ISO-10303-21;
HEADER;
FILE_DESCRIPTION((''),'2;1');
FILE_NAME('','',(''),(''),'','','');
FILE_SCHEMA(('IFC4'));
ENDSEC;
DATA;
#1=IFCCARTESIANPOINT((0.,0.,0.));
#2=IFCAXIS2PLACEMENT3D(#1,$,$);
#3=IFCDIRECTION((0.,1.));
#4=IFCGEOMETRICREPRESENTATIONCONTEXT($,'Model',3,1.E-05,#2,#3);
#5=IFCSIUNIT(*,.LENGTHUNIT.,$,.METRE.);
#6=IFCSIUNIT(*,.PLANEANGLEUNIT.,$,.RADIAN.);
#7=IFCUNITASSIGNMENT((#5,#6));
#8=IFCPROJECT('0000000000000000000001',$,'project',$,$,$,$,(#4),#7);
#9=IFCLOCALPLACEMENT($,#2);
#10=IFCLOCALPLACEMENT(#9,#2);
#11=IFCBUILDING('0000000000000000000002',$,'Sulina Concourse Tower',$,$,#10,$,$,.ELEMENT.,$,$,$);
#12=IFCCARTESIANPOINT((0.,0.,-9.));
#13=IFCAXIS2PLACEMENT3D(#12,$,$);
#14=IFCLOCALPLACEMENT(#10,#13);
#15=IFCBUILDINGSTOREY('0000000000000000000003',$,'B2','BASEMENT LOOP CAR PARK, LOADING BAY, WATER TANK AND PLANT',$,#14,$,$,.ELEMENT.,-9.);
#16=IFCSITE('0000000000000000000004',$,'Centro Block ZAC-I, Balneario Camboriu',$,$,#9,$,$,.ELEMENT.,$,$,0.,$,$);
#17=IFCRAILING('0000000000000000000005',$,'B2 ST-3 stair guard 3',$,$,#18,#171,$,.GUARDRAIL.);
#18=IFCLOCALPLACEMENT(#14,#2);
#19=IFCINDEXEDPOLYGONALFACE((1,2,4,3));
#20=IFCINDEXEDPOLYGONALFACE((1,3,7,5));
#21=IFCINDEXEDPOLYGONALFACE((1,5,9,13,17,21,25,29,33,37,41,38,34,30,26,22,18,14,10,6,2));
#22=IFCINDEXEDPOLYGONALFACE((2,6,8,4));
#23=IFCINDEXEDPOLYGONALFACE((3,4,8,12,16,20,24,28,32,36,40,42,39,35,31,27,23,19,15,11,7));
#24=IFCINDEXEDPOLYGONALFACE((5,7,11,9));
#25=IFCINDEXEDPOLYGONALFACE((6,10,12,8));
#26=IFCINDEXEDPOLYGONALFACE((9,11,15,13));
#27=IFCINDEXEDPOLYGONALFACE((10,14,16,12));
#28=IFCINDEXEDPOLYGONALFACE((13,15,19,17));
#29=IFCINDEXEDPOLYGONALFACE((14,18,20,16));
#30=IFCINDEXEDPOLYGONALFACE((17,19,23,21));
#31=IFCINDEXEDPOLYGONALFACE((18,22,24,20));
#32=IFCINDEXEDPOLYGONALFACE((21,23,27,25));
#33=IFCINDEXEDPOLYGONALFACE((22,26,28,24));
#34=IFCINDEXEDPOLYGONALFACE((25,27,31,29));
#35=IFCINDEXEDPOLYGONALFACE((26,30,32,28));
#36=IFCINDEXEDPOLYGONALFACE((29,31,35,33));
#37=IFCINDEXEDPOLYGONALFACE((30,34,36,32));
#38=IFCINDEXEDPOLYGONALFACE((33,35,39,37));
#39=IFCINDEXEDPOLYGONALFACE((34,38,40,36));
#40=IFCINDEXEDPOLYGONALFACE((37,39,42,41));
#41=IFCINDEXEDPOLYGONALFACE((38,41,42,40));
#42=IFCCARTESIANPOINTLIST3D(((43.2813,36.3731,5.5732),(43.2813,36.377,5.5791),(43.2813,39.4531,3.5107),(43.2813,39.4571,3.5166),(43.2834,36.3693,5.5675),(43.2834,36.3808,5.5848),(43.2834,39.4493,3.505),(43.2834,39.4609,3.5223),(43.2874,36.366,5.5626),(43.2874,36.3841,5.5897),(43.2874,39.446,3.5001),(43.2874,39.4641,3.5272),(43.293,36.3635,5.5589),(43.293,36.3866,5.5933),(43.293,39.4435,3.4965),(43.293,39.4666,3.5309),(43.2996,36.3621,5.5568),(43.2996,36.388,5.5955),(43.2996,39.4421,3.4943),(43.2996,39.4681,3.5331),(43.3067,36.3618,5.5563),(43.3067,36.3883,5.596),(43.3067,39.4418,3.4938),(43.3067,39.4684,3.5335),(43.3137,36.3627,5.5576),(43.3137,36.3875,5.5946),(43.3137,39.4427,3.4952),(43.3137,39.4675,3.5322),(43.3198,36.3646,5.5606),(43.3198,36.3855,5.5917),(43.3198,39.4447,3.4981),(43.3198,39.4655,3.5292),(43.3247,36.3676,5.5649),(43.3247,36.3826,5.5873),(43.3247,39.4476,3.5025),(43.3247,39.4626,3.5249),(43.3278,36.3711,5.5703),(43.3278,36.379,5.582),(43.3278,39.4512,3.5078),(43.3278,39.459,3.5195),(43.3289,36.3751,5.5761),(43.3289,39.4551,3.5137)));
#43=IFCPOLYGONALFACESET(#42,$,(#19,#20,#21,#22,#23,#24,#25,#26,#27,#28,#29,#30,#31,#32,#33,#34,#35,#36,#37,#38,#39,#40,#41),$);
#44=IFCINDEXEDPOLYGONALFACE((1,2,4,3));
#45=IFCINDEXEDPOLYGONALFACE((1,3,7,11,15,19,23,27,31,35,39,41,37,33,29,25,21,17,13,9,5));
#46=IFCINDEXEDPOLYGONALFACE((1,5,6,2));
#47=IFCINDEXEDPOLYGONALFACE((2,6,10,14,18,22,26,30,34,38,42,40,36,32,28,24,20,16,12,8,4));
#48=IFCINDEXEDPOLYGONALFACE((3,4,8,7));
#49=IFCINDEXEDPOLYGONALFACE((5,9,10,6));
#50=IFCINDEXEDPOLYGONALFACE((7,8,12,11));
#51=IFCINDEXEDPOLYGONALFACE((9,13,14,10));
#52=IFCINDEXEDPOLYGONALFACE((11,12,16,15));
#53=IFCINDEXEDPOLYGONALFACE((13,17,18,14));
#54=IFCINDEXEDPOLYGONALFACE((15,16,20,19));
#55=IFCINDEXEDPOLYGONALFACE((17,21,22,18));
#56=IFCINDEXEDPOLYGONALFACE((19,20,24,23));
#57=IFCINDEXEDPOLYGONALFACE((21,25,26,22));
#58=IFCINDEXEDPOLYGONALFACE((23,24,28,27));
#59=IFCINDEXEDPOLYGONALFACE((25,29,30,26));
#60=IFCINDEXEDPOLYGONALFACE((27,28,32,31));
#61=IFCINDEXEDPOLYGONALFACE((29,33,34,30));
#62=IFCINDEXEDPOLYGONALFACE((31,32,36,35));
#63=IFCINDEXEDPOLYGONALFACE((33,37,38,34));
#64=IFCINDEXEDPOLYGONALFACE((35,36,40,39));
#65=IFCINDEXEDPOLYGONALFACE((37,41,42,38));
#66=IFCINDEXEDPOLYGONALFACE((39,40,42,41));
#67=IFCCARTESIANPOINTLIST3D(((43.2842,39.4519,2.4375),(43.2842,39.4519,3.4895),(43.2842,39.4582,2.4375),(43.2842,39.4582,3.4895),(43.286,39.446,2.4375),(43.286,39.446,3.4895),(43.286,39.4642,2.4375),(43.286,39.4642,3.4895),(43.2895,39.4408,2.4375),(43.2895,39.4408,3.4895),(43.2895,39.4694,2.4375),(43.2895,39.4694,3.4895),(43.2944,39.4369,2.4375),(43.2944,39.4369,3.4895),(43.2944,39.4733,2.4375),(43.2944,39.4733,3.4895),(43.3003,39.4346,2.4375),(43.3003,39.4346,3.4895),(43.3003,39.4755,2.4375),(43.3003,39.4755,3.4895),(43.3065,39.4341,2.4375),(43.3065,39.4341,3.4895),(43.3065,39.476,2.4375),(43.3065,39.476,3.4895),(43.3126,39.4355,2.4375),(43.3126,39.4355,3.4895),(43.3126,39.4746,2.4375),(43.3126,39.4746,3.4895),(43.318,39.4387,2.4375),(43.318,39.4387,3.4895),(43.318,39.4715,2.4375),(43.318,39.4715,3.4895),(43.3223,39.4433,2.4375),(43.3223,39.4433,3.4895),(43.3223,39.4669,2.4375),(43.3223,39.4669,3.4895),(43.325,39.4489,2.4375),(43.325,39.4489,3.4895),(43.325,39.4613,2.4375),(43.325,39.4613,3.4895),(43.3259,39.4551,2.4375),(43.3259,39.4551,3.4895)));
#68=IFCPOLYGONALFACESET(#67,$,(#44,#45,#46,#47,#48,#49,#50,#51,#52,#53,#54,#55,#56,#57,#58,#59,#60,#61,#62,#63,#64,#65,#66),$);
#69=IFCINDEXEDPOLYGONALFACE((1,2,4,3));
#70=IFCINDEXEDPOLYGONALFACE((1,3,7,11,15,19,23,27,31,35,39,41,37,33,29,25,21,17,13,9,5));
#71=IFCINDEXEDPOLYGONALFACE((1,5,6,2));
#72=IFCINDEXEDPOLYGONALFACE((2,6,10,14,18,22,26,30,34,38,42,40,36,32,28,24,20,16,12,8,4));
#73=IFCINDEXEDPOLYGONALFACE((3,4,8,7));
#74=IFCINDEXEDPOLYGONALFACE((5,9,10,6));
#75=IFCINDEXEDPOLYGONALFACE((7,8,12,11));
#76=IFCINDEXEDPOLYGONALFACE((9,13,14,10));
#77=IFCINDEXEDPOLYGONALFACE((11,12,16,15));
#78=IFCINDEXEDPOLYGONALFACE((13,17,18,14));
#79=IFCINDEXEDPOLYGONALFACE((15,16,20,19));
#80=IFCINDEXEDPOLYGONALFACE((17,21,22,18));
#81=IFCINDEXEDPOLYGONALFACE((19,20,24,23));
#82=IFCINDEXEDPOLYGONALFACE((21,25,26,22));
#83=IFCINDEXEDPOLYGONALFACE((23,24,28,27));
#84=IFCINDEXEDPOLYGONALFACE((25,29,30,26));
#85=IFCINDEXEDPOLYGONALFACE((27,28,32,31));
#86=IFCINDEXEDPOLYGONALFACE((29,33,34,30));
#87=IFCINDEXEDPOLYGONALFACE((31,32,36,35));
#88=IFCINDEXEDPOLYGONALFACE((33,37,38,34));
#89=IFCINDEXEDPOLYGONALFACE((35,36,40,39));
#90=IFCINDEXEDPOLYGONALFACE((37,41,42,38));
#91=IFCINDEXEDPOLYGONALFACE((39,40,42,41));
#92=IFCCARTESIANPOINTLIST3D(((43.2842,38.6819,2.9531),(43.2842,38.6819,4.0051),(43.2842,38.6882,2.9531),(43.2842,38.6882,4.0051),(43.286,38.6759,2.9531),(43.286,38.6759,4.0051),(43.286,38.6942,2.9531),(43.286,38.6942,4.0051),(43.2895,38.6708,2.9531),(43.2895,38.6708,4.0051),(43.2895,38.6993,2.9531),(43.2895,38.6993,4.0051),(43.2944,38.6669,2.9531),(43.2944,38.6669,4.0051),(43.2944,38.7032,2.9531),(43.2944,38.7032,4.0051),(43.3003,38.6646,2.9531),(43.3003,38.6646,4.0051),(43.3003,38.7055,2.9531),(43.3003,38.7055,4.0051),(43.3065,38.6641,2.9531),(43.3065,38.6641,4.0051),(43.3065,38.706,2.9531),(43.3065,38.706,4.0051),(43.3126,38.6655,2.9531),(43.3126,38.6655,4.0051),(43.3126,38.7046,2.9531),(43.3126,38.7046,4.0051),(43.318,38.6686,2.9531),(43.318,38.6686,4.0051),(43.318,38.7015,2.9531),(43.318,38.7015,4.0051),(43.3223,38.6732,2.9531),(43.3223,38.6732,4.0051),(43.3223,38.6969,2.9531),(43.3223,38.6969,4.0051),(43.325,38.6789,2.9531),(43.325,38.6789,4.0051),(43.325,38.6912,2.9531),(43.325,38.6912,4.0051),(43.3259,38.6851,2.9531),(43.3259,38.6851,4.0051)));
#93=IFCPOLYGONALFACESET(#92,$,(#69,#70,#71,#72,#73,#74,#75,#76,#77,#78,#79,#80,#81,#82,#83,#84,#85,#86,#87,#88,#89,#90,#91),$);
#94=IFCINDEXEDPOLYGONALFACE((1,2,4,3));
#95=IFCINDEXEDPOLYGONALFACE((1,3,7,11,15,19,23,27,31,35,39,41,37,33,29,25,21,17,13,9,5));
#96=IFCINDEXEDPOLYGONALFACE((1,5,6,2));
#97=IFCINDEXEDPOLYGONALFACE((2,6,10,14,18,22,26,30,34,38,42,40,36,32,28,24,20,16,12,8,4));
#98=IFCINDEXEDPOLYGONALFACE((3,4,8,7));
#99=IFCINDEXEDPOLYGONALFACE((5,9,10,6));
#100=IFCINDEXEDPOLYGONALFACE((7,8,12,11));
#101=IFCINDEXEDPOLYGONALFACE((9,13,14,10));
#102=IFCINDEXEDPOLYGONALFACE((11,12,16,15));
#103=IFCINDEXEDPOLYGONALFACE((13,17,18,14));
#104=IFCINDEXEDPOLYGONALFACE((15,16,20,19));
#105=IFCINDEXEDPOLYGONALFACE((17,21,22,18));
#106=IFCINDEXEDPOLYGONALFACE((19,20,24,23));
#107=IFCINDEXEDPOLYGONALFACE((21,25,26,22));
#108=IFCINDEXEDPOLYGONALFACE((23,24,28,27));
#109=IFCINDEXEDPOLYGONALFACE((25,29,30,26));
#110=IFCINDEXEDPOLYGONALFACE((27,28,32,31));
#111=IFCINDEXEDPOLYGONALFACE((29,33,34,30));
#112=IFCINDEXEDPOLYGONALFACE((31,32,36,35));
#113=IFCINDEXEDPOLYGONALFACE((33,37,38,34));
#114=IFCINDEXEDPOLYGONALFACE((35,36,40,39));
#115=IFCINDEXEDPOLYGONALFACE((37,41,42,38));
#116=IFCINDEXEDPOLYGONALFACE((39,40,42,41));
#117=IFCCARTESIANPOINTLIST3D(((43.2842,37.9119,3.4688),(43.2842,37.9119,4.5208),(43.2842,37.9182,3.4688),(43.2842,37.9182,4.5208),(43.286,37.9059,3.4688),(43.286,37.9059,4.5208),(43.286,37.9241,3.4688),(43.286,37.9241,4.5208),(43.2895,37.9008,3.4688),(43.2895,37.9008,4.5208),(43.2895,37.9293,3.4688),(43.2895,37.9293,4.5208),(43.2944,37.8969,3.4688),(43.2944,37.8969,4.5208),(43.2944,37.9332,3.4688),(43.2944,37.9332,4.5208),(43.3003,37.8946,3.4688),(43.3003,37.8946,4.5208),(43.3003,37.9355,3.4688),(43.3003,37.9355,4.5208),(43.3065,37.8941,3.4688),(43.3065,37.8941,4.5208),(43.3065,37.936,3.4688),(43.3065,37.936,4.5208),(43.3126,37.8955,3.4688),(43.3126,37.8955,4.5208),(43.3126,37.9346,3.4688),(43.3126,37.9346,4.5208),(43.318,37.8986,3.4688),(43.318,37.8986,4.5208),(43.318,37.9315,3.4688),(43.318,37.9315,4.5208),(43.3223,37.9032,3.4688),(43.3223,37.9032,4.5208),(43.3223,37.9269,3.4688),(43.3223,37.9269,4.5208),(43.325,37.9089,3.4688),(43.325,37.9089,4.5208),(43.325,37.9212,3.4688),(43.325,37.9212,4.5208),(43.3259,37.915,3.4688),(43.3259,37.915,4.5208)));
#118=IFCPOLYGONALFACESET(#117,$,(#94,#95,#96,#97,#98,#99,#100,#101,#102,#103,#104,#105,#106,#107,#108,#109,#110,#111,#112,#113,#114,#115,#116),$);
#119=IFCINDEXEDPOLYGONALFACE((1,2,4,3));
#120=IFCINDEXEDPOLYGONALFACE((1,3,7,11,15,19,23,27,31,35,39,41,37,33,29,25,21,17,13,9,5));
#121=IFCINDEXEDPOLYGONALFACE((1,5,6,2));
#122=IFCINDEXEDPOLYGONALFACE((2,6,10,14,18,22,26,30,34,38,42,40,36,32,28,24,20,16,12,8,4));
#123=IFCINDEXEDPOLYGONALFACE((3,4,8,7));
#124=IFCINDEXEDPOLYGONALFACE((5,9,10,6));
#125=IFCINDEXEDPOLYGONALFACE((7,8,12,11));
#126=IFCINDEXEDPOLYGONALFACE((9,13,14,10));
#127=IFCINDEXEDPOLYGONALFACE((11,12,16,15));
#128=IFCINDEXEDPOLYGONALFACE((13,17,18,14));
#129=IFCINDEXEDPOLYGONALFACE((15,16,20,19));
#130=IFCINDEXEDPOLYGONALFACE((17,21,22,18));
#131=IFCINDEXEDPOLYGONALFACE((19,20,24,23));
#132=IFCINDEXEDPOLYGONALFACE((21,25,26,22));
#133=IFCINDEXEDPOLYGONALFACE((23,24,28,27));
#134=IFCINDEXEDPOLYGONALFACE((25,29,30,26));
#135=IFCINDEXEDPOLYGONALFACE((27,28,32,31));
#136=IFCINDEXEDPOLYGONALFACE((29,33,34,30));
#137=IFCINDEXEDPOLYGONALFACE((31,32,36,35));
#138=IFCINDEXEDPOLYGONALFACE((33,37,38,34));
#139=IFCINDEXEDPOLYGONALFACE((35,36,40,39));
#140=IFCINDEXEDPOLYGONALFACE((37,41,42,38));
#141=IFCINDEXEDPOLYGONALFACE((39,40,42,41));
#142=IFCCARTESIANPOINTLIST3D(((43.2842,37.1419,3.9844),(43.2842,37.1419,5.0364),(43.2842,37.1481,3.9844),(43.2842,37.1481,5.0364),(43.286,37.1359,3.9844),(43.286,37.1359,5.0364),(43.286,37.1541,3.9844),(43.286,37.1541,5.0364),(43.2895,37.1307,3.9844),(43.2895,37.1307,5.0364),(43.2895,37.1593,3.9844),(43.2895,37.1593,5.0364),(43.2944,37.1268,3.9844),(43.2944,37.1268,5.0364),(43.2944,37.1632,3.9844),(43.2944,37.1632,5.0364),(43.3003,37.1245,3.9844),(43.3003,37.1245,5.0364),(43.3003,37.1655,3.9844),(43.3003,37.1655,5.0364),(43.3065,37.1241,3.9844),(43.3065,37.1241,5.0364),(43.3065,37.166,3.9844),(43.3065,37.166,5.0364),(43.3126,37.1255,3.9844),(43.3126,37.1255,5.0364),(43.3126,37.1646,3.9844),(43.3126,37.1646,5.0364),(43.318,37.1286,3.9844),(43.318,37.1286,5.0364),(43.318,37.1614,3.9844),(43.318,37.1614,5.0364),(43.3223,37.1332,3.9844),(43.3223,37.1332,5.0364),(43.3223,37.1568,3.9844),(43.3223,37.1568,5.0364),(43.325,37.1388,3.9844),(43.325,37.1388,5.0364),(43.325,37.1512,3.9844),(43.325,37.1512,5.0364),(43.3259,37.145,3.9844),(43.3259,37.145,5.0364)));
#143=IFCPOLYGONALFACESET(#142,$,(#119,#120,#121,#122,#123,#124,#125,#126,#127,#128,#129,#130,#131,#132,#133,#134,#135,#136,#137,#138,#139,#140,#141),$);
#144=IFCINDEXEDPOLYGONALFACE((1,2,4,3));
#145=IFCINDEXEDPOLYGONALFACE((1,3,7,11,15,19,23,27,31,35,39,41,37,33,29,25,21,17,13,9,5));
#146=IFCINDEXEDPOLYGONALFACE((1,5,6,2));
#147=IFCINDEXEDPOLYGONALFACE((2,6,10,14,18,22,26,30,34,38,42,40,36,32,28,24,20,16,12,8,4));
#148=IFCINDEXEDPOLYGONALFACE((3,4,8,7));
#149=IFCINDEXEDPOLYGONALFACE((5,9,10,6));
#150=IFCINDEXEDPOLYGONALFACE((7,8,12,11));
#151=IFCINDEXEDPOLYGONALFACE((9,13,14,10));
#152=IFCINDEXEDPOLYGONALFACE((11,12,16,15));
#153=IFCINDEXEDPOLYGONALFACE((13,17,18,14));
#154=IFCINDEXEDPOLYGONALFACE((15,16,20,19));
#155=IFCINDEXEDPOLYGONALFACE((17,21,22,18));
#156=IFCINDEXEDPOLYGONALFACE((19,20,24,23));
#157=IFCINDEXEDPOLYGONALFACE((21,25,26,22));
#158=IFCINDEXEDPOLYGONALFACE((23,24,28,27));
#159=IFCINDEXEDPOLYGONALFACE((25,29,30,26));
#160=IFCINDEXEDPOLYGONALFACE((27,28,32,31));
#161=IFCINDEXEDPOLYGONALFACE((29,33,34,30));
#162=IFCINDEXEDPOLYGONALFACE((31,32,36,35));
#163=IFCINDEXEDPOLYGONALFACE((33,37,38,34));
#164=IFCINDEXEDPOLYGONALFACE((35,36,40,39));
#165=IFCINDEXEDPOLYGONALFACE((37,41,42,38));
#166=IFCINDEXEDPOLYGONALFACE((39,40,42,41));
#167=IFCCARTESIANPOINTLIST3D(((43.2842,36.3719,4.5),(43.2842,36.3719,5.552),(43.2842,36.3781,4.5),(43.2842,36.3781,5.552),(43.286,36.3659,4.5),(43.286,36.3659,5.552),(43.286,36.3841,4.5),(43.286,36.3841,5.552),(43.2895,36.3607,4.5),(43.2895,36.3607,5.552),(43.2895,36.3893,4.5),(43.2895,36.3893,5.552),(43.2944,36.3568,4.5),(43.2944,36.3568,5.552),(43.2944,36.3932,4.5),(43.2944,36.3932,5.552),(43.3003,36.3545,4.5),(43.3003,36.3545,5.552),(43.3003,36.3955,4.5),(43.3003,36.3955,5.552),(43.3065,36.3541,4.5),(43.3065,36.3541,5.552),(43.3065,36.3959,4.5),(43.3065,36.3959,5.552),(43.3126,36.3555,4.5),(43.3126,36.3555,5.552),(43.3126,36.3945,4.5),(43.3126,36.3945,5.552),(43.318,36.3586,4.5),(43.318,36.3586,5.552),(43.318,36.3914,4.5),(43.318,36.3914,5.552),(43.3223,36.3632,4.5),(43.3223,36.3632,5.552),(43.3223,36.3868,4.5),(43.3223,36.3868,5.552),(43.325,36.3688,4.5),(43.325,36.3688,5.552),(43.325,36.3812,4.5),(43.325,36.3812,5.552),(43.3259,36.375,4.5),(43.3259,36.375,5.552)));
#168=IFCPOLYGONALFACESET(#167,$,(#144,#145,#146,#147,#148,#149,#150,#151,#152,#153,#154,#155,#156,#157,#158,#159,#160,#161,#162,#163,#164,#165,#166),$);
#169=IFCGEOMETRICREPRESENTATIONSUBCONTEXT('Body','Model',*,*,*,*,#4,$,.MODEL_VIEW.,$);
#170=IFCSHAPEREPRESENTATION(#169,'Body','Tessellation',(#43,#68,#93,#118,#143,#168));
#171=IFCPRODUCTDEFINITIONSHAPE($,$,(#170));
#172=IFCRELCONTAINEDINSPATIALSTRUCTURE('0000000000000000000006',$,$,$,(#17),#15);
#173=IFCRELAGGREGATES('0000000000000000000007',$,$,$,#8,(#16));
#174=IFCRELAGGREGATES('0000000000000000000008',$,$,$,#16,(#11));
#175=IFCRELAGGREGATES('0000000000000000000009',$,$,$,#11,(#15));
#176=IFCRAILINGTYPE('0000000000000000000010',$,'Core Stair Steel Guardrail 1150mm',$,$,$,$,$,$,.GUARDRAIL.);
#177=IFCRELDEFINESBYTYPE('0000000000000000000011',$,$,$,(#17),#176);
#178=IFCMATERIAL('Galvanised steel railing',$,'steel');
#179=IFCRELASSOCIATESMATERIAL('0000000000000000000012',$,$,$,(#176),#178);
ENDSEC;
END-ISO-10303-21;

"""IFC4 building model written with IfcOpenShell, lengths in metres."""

from ifc_helpers import new_model, si_unit, direction, frame, origin, origin_2d, place, context, subcontext, project, spatial, circle, extrude, material, type_object, element, save


model = new_model("IFC4")

# Units and contexts
model_context = context("Model", 3, precision=1e-05, world=origin(), true_north=direction((0.0, 1.0)))
body_context = subcontext(model_context, "Body", "Model", "MODEL_VIEW")
ifc_project = project(units=[si_unit("LENGTHUNIT", "METRE"), si_unit("PLANEANGLEUNIT", "RADIAN")], contexts=[model_context])

# Site, building, storey
site_placement = place(None, origin())
site = spatial("IfcSite", under=ifc_project, at=site_placement, Name="Centro Block ZAC-I, Balneario Camboriu", CompositionType="ELEMENT", RefElevation=0.0)
building_placement = place(site_placement, origin())
building = spatial("IfcBuilding", under=site, at=building_placement, Name="Sulina Concourse Tower", CompositionType="ELEMENT")
storey_placement = place(building_placement, frame((0.0, 0.0, -9.0)))
storey = spatial("IfcBuildingStorey", under=building, at=storey_placement, Name="B2", Description="BASEMENT LOOP CAR PARK, LOADING BAY, WATER TANK AND PLANT", CompositionType="ELEMENT", Elevation=-9.0)

# Railing
ifc_material_1 = material(Name="Galvanised steel railing", Category="steel")
railing_type_1 = type_object("IfcRailingType", Name="Core Stair Steel Guardrail 1150mm", PredefinedType="GUARDRAIL", material=ifc_material_1)
railing_1_placement = place(storey_placement, frame((43.3049, 39.4551, 2.4375)))
element("IfcRailing", 1, at=railing_1_placement, inside=storey, type_object=railing_type_1, Name="B2 ST-3 stair guard 3", PredefinedType="GUARDRAIL", context=body_context, shape_type="SweptSolid", body=[
    extrude(circle(Radius=0.0239, at=origin_2d()), frame((0.0, 0.0, 1.0762), z_axis=(0.0, -0.830914, 0.556401), x_axis=(1.0, 0.0, 0.0)), (0.0, 0.0, 1.0), 3.7068),
    extrude(circle(Radius=0.021, at=origin_2d()), origin(), (0.0, 0.0, 1.0), 1.052),
    extrude(circle(Radius=0.021, at=origin_2d()), frame((0.0, -0.77, 0.5156)), (0.0, 0.0, 1.0), 1.052),
    extrude(circle(Radius=0.021, at=origin_2d()), frame((0.0, -1.54, 1.0312)), (0.0, 0.0, 1.0), 1.052),
    extrude(circle(Radius=0.021, at=origin_2d()), frame((0.0, -2.3101, 1.5469)), (0.0, 0.0, 1.0), 1.052),
    extrude(circle(Radius=0.021, at=origin_2d()), frame((0.0, -3.0801, 2.0625)), (0.0, 0.0, 1.0), 1.052),
])

save(model, "model.ifc")
